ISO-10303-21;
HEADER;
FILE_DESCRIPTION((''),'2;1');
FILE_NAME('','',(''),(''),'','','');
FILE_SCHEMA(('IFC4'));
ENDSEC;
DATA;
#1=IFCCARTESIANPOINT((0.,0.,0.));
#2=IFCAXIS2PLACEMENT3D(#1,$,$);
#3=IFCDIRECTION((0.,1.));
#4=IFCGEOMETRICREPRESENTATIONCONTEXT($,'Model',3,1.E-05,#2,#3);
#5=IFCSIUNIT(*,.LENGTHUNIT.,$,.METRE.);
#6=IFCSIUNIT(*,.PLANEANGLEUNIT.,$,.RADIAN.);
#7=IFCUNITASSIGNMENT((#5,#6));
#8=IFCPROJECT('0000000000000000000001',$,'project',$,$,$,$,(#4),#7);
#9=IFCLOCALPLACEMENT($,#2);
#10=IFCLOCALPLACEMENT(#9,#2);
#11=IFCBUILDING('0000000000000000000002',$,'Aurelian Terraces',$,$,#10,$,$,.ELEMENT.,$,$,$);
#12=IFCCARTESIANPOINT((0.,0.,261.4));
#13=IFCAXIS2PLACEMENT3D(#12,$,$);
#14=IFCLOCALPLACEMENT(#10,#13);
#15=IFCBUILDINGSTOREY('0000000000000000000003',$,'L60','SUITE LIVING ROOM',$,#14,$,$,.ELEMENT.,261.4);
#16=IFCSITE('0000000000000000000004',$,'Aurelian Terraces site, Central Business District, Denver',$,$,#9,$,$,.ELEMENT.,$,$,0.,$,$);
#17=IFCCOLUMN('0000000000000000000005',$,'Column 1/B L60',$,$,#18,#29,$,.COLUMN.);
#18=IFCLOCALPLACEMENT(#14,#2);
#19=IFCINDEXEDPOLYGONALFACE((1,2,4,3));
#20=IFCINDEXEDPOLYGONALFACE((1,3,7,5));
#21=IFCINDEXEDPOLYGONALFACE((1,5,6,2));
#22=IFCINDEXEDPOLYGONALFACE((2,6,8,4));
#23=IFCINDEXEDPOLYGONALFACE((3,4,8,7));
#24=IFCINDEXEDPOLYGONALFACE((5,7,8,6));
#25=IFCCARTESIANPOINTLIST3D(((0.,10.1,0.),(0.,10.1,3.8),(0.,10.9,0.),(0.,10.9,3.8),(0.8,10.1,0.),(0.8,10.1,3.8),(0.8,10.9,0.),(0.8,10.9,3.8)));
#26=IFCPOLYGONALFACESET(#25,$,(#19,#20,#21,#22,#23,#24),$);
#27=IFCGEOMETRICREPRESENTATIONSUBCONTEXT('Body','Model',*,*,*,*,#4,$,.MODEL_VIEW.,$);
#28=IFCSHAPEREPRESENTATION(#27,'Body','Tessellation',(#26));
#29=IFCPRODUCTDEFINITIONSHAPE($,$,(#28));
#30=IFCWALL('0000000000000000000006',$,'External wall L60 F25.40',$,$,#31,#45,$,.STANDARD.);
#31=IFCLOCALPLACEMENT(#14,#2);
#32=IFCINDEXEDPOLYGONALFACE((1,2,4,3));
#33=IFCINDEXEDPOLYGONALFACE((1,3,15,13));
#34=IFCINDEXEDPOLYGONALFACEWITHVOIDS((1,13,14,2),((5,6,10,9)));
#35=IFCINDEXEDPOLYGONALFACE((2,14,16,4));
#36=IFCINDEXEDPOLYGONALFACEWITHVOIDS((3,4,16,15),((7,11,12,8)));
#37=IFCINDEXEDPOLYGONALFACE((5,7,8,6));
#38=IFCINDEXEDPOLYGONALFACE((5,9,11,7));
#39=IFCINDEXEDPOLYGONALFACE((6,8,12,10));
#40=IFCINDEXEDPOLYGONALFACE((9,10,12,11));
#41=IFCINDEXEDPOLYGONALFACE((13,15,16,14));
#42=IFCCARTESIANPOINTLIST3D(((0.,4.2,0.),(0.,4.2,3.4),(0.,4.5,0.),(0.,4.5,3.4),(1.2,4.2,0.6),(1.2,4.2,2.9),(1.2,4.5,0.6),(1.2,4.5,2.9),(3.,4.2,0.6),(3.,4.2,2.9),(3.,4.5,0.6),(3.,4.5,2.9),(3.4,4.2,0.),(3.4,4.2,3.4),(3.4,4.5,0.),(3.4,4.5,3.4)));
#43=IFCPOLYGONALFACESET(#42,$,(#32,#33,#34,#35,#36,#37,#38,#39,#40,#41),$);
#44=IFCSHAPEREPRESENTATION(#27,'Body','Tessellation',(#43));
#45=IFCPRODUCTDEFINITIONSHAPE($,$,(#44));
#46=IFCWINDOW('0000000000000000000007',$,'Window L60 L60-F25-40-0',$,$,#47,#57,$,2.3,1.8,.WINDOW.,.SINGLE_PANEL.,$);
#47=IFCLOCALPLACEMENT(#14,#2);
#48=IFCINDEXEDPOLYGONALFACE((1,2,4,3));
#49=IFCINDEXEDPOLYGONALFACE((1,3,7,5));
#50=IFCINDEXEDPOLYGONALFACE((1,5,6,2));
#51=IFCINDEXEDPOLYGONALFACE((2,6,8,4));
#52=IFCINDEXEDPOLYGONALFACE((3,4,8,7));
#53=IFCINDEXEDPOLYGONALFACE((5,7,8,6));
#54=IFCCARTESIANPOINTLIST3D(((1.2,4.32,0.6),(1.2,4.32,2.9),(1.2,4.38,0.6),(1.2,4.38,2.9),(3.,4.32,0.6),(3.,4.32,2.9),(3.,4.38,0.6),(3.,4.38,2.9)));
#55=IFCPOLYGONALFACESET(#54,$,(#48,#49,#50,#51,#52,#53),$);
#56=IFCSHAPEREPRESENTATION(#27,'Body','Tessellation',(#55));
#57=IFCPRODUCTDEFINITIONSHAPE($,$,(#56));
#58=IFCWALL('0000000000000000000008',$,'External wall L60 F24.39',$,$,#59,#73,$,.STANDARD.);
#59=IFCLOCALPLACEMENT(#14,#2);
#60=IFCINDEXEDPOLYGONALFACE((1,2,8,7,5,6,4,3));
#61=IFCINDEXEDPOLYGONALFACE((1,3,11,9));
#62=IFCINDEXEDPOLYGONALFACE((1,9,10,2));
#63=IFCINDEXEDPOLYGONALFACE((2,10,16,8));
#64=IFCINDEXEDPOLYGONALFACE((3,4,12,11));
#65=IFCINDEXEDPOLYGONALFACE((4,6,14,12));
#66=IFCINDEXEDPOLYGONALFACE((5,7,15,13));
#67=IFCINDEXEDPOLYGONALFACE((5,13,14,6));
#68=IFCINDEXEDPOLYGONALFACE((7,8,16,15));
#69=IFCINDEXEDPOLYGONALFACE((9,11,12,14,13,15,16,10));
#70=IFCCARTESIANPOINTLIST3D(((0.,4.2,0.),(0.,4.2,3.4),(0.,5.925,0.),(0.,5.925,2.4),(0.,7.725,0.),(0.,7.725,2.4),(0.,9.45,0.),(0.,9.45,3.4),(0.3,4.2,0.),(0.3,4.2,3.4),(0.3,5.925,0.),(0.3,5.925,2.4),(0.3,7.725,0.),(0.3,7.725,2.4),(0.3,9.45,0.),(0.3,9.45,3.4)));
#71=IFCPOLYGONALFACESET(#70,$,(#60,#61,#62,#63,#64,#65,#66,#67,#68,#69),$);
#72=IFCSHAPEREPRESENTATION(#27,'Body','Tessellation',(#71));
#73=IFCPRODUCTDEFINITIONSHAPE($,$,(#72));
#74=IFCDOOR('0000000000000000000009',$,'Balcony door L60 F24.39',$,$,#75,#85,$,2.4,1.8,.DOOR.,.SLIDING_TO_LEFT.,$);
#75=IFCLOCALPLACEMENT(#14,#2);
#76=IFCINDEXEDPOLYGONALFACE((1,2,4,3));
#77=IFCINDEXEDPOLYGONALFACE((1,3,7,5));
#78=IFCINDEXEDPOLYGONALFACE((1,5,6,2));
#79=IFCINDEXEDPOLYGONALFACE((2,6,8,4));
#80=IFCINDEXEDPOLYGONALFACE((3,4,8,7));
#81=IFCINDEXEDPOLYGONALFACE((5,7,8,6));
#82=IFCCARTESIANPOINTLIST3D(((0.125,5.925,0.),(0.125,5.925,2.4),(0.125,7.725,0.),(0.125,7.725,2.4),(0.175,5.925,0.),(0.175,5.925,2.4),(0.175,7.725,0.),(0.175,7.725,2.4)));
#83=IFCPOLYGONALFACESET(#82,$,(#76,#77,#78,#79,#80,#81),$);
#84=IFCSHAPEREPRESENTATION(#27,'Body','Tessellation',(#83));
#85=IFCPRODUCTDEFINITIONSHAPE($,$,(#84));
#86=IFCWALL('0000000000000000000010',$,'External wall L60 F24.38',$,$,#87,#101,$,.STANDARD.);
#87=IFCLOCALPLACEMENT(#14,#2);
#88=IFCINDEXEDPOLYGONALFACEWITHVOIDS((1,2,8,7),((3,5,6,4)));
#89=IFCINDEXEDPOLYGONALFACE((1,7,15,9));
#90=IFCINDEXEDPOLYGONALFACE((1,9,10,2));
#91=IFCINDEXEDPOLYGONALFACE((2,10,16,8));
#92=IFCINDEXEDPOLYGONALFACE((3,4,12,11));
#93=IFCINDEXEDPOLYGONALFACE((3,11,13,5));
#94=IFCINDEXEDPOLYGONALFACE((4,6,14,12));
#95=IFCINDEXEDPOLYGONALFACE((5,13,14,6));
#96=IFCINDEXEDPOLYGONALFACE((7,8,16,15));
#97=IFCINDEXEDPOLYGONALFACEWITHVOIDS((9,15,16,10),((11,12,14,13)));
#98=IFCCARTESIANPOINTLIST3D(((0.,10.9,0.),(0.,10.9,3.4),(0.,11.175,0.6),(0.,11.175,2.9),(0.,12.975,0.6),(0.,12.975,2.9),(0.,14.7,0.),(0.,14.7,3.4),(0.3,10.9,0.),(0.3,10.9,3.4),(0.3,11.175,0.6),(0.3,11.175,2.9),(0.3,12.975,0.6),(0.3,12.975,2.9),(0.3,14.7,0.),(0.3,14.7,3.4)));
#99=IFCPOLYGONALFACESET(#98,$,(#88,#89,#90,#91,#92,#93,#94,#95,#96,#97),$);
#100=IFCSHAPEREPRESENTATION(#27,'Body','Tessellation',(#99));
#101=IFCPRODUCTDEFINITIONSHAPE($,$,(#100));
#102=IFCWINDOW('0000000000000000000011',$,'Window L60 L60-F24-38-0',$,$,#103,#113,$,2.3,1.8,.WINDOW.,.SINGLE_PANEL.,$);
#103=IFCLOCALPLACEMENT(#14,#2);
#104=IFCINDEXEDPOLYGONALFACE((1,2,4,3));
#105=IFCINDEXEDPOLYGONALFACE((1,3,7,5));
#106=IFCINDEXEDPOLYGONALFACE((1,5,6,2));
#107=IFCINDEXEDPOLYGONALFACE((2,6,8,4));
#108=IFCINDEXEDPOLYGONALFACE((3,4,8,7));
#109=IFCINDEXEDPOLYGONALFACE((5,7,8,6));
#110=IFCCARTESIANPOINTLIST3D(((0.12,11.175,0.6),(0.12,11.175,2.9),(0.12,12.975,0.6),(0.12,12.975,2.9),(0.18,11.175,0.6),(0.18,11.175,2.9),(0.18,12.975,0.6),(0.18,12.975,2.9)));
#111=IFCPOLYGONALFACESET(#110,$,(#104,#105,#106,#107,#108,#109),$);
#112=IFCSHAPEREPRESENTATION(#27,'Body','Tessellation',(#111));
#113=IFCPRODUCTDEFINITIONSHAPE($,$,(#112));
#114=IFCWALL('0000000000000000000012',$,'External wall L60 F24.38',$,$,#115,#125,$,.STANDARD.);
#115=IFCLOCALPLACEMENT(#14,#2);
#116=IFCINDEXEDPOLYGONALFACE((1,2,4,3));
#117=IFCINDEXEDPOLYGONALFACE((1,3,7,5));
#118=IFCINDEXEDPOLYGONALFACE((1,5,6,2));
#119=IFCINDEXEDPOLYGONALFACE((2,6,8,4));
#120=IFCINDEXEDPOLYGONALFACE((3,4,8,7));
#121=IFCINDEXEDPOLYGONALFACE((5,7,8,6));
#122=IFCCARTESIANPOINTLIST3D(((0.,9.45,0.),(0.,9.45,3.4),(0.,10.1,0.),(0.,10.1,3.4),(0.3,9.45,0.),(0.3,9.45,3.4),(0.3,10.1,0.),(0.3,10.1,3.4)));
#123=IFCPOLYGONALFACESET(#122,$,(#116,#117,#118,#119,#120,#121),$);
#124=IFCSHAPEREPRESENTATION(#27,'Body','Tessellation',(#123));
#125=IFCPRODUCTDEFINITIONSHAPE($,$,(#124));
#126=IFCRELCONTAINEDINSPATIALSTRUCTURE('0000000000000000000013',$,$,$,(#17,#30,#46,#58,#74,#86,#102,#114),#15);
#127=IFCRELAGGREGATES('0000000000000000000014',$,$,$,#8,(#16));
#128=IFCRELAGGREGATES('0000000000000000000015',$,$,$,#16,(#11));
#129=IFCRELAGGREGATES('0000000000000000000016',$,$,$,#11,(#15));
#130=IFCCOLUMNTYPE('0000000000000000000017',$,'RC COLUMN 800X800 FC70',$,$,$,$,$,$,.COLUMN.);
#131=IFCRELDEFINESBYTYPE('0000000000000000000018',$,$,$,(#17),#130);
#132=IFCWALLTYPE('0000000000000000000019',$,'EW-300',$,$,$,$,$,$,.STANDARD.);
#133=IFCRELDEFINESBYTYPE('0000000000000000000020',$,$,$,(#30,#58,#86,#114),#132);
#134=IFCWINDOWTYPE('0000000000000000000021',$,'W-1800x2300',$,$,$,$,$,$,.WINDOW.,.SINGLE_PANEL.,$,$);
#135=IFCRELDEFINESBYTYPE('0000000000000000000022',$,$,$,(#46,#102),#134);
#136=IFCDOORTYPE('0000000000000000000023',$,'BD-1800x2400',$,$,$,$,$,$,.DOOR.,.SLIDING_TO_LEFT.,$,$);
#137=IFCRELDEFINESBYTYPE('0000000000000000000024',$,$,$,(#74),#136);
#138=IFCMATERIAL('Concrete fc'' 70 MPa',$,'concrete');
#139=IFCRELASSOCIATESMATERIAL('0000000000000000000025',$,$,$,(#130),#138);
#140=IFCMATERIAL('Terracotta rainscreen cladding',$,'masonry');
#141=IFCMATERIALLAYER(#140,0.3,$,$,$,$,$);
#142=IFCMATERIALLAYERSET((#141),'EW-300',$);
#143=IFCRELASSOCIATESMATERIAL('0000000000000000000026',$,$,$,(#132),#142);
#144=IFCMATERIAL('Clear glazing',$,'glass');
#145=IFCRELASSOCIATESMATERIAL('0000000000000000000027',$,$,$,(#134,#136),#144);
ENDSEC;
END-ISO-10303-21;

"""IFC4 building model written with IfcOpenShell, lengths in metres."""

from ifc_helpers import new_model, si_unit, direction, frame, frame_2d, origin, origin_2d, place, context, subcontext, project, spatial, rectangle, extrude, source, transform, mapped, material, layer, layer_set, material_profile, profile_set, type_object, element, fill, save


model = new_model("IFC4")

# Units and contexts
model_context = context("Model", 3, precision=1e-05, world=origin(), true_north=direction((0.0, 1.0)))
body_context = subcontext(model_context, "Body", "Model", "MODEL_VIEW")
ifc_project = project(units=[si_unit("LENGTHUNIT", "METRE"), si_unit("PLANEANGLEUNIT", "RADIAN")], contexts=[model_context])

# Site, building, storey
site_placement = place(None, origin())
site = spatial("IfcSite", under=ifc_project, at=site_placement, Name="Aurelian Terraces site, Central Business District, Denver", CompositionType="ELEMENT", RefElevation=0.0)
building_placement = place(site_placement, origin())
building = spatial("IfcBuilding", under=site, at=building_placement, Name="Aurelian Terraces", CompositionType="ELEMENT")
storey_placement = place(building_placement, frame((0.0, 0.0, 261.4)))
storey = spatial("IfcBuildingStorey", under=building, at=storey_placement, Name="L60", Description="SUITE LIVING ROOM", CompositionType="ELEMENT", Elevation=261.4)

# Column
ifc_material_1 = material(Name="Concrete fc' 70 MPa", Category="concrete")
ifc_material_profile = material_profile(ifc_material_1, rectangle(XDim=0.8, YDim=0.8, at=origin_2d()))
ifc_profile_set = profile_set([ifc_material_profile], Name="Concrete fc' 70 MPa")
column_type = type_object("IfcColumnType", Name="RC COLUMN 800X800 FC70", PredefinedType="COLUMN", material=ifc_profile_set)
shared_shape_1 = source(origin(), body_context, "Body", "SweptSolid", [
    extrude(rectangle(XDim=0.8, YDim=0.8, at=origin_2d()), origin(), (0.0, 0.0, 1.0), 3.8),
])
column_placement = place(storey_placement, frame((0.4, 10.5, 0.0), z_axis=(0.0, 0.0, 1.0), x_axis=(1.0, 0.0, 0.0)))
element("IfcColumn", 1, at=column_placement, inside=storey, type_object=column_type, Name="Column 1/B L60", PredefinedType="COLUMN", context=body_context, shape_type="MappedRepresentation", body=[
    mapped(shared_shape_1, transform((0.0, 0.0, 0.0), scale=1.0)),
])

# Wall, opening, window
ifc_material_2 = material(Name="Terracotta rainscreen cladding", Category="masonry")
ifc_layer_1 = layer(ifc_material_2, 0.3)
ifc_layer_set_1 = layer_set([ifc_layer_1], Name="EW-300")
wall_type_1 = type_object("IfcWallType", Name="EW-300", PredefinedType="STANDARD", material=ifc_layer_set_1)
shared_shape_2 = source(origin(), body_context, "Body", "SweptSolid", [
    extrude(rectangle(XDim=3.4, YDim=0.3, at=frame_2d((1.7, 0.0))), origin(), (0.0, 0.0, 1.0), 3.4),
])
wall_1_placement = place(storey_placement, frame((0.0, 4.35, 0.0), z_axis=(0.0, 0.0, 1.0), x_axis=(1.0, 0.0, 0.0)))
wall_1 = element("IfcWall", 2, at=wall_1_placement, inside=storey, type_object=wall_type_1, Name="External wall L60 F25.40", PredefinedType="STANDARD", context=body_context, shape_type="MappedRepresentation", body=[
    mapped(shared_shape_2, transform((0.0, 0.0, 0.0), scale=1.0)),
])
shared_shape_3 = source(origin(), body_context, "Body", "SweptSolid", [
    extrude(rectangle(XDim=1.8, YDim=2.3, at=frame_2d((0.9, 1.15))), frame((0.0, 0.16, 0.0), z_axis=(0.0, -1.0, 0.0), x_axis=(1.0, 0.0, 0.0)), (0.0, 0.0, 1.0), 0.32),
])
opening_1_placement = place(wall_1_placement, frame((1.2, 0.0, 0.6)))
opening_1 = element("IfcOpeningElement", 3, at=opening_1_placement, cuts=wall_1, PredefinedType="OPENING", context=body_context, shape_type="MappedRepresentation", body=[
    mapped(shared_shape_3, transform((0.0, 0.0, 0.0), scale=1.0)),
])
ifc_material_3 = material(Name="Clear glazing", Category="glass")
window_type = type_object("IfcWindowType", Name="W-1800x2300", PartitioningType="SINGLE_PANEL", PredefinedType="WINDOW", material=ifc_material_3)
shared_shape_4 = source(origin(), body_context, "Body", "SweptSolid", [
    extrude(rectangle(XDim=1.8, YDim=2.3, at=frame_2d((0.9, 1.15))), frame((0.0, 0.03, 0.0), z_axis=(0.0, -1.0, 0.0), x_axis=(1.0, 0.0, 0.0)), (0.0, 0.0, 1.0), 0.06),
])
window_1_placement = place(opening_1_placement, origin())
window_1 = element("IfcWindow", 4, at=window_1_placement, inside=storey, type_object=window_type, Name="Window L60 L60-F25-40-0", OverallHeight=2.3, OverallWidth=1.8, PartitioningType="SINGLE_PANEL", PredefinedType="WINDOW", context=body_context, shape_type="MappedRepresentation", body=[
    mapped(shared_shape_4, transform((0.0, 0.0, 0.0), scale=1.0)),
])
fill(opening_1, window_1)

# Wall, opening, door
shared_shape_5 = source(origin(), body_context, "Body", "SweptSolid", [
    extrude(rectangle(XDim=5.25, YDim=0.3, at=frame_2d((2.625, 0.0))), origin(), (0.0, 0.0, 1.0), 3.4),
])
wall_2_placement = place(storey_placement, frame((0.15, 9.45, 0.0), z_axis=(0.0, 0.0, 1.0), x_axis=(0.0, -1.0, 0.0)))
wall_2 = element("IfcWall", 5, at=wall_2_placement, inside=storey, type_object=wall_type_1, Name="External wall L60 F24.39", PredefinedType="STANDARD", context=body_context, shape_type="MappedRepresentation", body=[
    mapped(shared_shape_5, transform((0.0, 0.0, 0.0), scale=1.0)),
])
shared_shape_6 = source(origin(), body_context, "Body", "SweptSolid", [
    extrude(rectangle(XDim=1.8, YDim=2.4, at=frame_2d((0.9, 1.2))), frame((0.0, 0.16, 0.0), z_axis=(0.0, -1.0, 0.0), x_axis=(1.0, 0.0, 0.0)), (0.0, 0.0, 1.0), 0.32),
])
opening_2_placement = place(wall_2_placement, frame((1.725, 0.0, 0.0)))
opening_2 = element("IfcOpeningElement", 6, at=opening_2_placement, cuts=wall_2, PredefinedType="OPENING", context=body_context, shape_type="MappedRepresentation", body=[
    mapped(shared_shape_6, transform((0.0, 0.0, 0.0), scale=1.0)),
])
door_type_1 = type_object("IfcDoorType", Name="BD-1800x2400", OperationType="SLIDING_TO_LEFT", PredefinedType="DOOR", material=ifc_material_3)
shared_shape_7 = source(origin(), body_context, "Body", "SweptSolid", [
    extrude(rectangle(XDim=1.8, YDim=2.4, at=frame_2d((0.9, 1.2))), frame((0.0, 0.025, 0.0), z_axis=(0.0, -1.0, 0.0), x_axis=(1.0, 0.0, 0.0)), (0.0, 0.0, 1.0), 0.05),
])
door_1_placement = place(opening_2_placement, origin())
door_1 = element("IfcDoor", 7, at=door_1_placement, inside=storey, type_object=door_type_1, Name="Balcony door L60 F24.39", OperationType="SLIDING_TO_LEFT", OverallHeight=2.4, OverallWidth=1.8, PredefinedType="DOOR", context=body_context, shape_type="MappedRepresentation", body=[
    mapped(shared_shape_7, transform((0.0, 0.0, 0.0), scale=1.0)),
])
fill(opening_2, door_1)

# Wall, opening, window
shared_shape_8 = source(origin(), body_context, "Body", "SweptSolid", [
    extrude(rectangle(XDim=3.8, YDim=0.3, at=frame_2d((1.9, 0.0))), origin(), (0.0, 0.0, 1.0), 3.4),
])
wall_3_placement = place(storey_placement, frame((0.15, 14.7, 0.0), z_axis=(0.0, 0.0, 1.0), x_axis=(0.0, -1.0, 0.0)))
wall_3 = element("IfcWall", 8, at=wall_3_placement, inside=storey, type_object=wall_type_1, Name="External wall L60 F24.38", PredefinedType="STANDARD", context=body_context, shape_type="MappedRepresentation", body=[
    mapped(shared_shape_8, transform((0.0, 0.0, 0.0), scale=1.0)),
])
opening_3_placement = place(wall_3_placement, frame((1.725, 0.0, 0.6)))
opening_3 = element("IfcOpeningElement", 9, at=opening_3_placement, cuts=wall_3, PredefinedType="OPENING", context=body_context, shape_type="MappedRepresentation", body=[
    mapped(shared_shape_3, transform((0.0, 0.0, 0.0), scale=1.0)),
])
window_2_placement = place(opening_3_placement, origin())
window_2 = element("IfcWindow", 10, at=window_2_placement, inside=storey, type_object=window_type, Name="Window L60 L60-F24-38-0", OverallHeight=2.3, OverallWidth=1.8, PartitioningType="SINGLE_PANEL", PredefinedType="WINDOW", context=body_context, shape_type="MappedRepresentation", body=[
    mapped(shared_shape_4, transform((0.0, 0.0, 0.0), scale=1.0)),
])
fill(opening_3, window_2)

# Wall
shared_shape_9 = source(origin(), body_context, "Body", "SweptSolid", [
    extrude(rectangle(XDim=0.65, YDim=0.3, at=frame_2d((0.325, 0.0))), origin(), (0.0, 0.0, 1.0), 3.4),
])
wall_4_placement = place(storey_placement, frame((0.15, 10.1, 0.0), z_axis=(0.0, 0.0, 1.0), x_axis=(0.0, -1.0, 0.0)))
element("IfcWall", 11, at=wall_4_placement, inside=storey, type_object=wall_type_1, Name="External wall L60 F24.38", PredefinedType="STANDARD", context=body_context, shape_type="MappedRepresentation", body=[
    mapped(shared_shape_9, transform((0.0, 0.0, 0.0), scale=1.0)),
])

save(model, "model.ifc")
